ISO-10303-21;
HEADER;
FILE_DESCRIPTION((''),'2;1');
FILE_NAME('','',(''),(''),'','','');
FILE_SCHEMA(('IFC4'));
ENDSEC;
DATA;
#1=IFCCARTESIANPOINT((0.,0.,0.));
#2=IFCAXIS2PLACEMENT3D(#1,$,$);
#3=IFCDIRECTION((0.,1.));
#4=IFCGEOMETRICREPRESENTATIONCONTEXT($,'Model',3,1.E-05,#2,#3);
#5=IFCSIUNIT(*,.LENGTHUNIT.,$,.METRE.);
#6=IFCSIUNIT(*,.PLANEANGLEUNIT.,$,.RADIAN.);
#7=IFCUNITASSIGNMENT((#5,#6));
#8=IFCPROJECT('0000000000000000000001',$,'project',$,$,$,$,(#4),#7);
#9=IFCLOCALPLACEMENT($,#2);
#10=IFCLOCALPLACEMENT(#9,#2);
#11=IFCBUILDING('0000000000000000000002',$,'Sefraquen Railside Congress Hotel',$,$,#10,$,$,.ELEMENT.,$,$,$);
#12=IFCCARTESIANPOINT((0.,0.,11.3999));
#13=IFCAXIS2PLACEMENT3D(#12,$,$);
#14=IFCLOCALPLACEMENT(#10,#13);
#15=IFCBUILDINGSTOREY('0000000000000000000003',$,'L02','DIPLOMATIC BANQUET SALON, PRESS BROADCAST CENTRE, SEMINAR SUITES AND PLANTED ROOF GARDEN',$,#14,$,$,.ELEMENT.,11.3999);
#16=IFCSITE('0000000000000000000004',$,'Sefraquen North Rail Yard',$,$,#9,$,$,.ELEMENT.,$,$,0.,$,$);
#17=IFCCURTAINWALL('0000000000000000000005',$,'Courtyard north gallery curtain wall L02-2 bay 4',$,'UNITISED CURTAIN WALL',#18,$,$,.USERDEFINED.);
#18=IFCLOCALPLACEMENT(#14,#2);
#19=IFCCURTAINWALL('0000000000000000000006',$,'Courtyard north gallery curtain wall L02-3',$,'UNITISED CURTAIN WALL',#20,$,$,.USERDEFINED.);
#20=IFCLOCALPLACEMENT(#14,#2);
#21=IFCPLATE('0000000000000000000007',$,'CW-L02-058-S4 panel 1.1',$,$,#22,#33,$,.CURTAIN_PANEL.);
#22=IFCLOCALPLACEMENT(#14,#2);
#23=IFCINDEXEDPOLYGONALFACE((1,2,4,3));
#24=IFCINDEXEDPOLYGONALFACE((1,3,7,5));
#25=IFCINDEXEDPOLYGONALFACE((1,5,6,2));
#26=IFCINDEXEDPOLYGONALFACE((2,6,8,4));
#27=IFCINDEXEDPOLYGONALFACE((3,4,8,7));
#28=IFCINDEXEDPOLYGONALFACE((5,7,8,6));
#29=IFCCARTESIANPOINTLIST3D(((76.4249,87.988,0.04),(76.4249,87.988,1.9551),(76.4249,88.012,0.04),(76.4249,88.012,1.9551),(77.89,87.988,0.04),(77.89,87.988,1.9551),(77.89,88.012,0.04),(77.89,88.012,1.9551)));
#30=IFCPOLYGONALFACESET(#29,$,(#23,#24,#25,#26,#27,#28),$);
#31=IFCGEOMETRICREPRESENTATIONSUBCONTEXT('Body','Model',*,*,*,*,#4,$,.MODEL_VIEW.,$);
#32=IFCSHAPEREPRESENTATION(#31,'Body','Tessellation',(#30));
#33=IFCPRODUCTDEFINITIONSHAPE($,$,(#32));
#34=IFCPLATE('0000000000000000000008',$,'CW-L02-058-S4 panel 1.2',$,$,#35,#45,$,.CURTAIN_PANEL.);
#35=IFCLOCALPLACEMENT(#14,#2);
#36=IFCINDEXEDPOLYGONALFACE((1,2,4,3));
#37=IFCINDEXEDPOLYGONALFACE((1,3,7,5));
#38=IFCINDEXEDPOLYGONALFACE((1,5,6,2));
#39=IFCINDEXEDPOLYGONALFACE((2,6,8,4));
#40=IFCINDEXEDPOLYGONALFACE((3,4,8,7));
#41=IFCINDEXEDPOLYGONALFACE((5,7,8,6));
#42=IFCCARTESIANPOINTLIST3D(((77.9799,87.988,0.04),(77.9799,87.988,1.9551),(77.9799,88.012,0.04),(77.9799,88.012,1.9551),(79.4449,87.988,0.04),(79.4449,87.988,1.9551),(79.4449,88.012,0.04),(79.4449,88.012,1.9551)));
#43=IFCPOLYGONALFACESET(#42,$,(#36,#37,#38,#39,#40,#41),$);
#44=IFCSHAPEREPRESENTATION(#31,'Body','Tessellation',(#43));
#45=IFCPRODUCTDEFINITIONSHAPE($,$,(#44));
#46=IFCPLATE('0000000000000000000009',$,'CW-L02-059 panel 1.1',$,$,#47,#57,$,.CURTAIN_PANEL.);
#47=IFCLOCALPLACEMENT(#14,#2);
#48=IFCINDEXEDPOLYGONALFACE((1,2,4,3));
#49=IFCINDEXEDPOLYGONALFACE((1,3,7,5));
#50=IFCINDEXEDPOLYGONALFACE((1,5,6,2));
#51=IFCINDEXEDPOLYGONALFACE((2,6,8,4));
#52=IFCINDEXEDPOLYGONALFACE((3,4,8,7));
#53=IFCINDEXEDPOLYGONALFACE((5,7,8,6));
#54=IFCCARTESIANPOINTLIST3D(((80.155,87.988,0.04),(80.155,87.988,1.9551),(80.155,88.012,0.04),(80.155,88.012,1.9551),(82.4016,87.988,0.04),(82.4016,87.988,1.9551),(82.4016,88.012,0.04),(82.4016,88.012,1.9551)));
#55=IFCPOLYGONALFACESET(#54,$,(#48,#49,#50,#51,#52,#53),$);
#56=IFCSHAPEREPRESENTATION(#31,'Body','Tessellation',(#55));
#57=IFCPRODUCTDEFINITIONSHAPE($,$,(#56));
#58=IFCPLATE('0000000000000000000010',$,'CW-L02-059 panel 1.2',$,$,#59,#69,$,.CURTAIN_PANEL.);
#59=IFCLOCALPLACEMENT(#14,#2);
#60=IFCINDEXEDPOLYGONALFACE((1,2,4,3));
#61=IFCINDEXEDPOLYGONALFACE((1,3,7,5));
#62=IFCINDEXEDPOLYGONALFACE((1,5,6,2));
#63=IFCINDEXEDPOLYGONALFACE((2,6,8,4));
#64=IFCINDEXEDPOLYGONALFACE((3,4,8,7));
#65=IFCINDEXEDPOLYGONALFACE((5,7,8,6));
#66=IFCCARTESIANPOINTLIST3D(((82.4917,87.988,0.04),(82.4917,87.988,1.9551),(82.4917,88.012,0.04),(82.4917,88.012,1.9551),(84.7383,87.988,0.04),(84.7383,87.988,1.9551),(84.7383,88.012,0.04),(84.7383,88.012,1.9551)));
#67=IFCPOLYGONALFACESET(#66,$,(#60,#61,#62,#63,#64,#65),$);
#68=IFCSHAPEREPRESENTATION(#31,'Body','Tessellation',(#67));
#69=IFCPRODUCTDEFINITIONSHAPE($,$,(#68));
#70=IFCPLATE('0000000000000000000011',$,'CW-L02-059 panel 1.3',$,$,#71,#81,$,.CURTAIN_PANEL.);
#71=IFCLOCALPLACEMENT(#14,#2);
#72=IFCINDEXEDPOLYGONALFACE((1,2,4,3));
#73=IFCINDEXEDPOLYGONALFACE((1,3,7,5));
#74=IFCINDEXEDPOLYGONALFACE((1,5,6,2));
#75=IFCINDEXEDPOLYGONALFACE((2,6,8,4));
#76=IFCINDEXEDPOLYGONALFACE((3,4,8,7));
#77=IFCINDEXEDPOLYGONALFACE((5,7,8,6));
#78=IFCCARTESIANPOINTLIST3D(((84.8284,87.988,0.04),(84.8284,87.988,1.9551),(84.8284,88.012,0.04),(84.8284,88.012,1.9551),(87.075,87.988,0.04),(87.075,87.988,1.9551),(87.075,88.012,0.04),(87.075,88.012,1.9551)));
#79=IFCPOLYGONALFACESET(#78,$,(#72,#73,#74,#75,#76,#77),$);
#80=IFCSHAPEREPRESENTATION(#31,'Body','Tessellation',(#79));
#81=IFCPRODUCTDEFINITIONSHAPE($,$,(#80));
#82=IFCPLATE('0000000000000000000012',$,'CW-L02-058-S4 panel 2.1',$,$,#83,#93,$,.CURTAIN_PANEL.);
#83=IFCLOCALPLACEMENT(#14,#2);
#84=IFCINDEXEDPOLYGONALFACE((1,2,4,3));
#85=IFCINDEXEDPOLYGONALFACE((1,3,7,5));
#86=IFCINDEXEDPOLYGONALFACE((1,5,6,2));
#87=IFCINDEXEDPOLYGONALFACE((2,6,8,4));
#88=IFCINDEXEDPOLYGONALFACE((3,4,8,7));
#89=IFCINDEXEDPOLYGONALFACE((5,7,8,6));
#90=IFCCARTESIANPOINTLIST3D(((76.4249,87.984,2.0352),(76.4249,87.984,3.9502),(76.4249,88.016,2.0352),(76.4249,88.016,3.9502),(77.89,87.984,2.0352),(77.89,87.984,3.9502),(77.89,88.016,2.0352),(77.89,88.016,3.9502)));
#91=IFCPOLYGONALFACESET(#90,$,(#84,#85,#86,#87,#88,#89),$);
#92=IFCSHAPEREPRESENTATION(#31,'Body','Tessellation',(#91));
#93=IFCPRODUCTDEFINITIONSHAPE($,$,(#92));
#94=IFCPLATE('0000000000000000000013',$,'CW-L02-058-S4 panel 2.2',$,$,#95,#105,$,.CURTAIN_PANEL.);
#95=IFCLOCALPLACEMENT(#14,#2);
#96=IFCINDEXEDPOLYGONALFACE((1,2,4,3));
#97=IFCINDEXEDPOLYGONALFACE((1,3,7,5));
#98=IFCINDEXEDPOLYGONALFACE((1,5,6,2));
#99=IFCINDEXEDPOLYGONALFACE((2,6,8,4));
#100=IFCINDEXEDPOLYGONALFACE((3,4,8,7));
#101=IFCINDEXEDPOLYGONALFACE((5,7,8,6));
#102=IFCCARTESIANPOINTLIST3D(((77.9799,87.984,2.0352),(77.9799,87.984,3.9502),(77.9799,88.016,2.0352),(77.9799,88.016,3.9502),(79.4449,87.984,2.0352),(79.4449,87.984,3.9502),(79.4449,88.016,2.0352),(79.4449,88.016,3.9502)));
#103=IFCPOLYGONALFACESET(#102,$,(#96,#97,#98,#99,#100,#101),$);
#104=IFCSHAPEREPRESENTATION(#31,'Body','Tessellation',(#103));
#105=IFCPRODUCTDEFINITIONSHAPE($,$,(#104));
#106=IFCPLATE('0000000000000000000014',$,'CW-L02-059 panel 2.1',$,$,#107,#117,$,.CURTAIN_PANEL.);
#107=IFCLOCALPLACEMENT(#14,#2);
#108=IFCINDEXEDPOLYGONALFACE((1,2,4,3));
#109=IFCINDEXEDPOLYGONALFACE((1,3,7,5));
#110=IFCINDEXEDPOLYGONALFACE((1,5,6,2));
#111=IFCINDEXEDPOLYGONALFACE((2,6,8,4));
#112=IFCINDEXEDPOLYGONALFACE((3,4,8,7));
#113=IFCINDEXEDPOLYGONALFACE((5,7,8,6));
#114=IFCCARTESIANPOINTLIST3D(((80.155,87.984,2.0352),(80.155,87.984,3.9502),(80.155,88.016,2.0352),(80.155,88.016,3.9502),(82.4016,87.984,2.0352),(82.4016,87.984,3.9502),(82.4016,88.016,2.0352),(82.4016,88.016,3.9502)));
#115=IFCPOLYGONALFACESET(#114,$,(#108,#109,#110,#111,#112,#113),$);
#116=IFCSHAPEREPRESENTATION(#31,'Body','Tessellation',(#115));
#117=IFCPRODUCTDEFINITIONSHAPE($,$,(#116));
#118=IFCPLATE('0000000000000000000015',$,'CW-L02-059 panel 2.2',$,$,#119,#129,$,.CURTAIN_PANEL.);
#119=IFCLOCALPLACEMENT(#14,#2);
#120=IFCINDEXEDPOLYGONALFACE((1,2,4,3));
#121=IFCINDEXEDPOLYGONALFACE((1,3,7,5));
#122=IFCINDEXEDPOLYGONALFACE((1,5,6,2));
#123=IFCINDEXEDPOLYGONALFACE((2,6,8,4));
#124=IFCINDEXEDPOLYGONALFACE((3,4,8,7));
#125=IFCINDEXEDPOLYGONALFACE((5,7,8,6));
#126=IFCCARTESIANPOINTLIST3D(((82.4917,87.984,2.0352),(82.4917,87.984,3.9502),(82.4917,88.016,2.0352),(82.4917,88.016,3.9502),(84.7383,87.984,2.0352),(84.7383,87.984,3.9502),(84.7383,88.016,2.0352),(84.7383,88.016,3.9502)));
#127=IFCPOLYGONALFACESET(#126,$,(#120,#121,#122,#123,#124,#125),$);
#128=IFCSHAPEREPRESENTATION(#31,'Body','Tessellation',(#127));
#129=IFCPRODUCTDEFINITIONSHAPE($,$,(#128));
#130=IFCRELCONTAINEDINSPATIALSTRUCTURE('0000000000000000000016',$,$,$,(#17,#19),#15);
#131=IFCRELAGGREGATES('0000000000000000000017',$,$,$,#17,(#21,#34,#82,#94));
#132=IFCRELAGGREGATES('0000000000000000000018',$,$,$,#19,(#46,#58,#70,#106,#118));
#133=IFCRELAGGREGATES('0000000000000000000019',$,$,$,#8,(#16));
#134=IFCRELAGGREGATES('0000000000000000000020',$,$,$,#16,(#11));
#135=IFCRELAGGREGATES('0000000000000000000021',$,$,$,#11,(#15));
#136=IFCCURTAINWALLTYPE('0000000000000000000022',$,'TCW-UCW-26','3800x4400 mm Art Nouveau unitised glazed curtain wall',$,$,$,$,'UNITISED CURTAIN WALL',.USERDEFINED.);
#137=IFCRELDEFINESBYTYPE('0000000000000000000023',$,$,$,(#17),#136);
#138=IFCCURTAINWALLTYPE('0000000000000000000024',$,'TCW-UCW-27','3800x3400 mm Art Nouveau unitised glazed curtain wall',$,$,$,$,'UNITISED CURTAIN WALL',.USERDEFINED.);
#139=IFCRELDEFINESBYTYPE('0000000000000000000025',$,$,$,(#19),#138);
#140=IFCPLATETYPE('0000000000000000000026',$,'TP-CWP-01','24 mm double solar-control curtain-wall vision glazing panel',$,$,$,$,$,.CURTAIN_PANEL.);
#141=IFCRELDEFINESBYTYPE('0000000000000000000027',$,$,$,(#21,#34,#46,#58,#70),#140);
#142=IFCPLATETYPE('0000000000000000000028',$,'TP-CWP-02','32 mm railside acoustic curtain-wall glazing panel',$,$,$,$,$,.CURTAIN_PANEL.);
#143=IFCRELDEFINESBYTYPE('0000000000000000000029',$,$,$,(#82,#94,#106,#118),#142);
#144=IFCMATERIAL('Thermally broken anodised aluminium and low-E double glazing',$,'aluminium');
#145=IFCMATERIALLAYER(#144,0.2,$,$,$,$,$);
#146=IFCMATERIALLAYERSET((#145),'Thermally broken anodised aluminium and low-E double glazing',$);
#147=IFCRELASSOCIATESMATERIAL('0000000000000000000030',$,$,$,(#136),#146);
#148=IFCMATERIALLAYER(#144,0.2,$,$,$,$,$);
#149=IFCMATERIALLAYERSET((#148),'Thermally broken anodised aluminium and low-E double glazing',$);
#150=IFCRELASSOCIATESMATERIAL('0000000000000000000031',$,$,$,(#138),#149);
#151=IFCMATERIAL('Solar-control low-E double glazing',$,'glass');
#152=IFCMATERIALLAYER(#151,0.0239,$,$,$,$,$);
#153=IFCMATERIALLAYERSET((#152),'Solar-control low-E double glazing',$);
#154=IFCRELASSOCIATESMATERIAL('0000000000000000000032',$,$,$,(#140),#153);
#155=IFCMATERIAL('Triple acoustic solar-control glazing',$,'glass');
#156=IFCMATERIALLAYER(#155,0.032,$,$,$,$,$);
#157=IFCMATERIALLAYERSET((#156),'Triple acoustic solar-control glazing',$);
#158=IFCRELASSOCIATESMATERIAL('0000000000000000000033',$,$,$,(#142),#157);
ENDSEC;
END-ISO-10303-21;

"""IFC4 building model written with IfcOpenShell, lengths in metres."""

from ifc_helpers import new_model, si_unit, direction, frame, origin, origin_2d, place, context, subcontext, project, spatial, rectangle, extrude, material, layer, layer_set, type_object, element, aggregate, save


model = new_model("IFC4")

# Units and contexts
model_context = context("Model", 3, precision=1e-05, world=origin(), true_north=direction((0.0, 1.0)))
body_context = subcontext(model_context, "Body", "Model", "MODEL_VIEW")
ifc_project = project(units=[si_unit("LENGTHUNIT", "METRE"), si_unit("PLANEANGLEUNIT", "RADIAN")], contexts=[model_context])

# Site, building, storey
site_placement = place(None, origin())
site = spatial("IfcSite", under=ifc_project, at=site_placement, Name="Sefraquen North Rail Yard", CompositionType="ELEMENT", RefElevation=0.0)
building_placement = place(site_placement, origin())
building = spatial("IfcBuilding", under=site, at=building_placement, Name="Sefraquen Railside Congress Hotel", CompositionType="ELEMENT")
storey_placement = place(building_placement, frame((0.0, 0.0, 11.3999)))
storey = spatial("IfcBuildingStorey", under=building, at=storey_placement, Name="L02", Description="DIPLOMATIC BANQUET SALON, PRESS BROADCAST CENTRE, SEMINAR SUITES AND PLANTED ROOF GARDEN", CompositionType="ELEMENT", Elevation=11.3999)

# Curtain wall
ifc_material_1 = material(Name="Thermally broken anodised aluminium and low-E double glazing", Category="aluminium")
ifc_layer_1 = layer(ifc_material_1, 0.2)
ifc_layer_set_1 = layer_set([ifc_layer_1], Name="Thermally broken anodised aluminium and low-E double glazing")
curtain_wall_type_1 = type_object("IfcCurtainWallType", Name="TCW-UCW-26", Description="3800x4400 mm Art Nouveau unitised glazed curtain wall", ElementType="UNITISED CURTAIN WALL", PredefinedType="USERDEFINED", material=ifc_layer_set_1)
curtain_wall_1_placement = place(storey_placement, origin())
curtain_wall_1 = element("IfcCurtainWall", 1, at=curtain_wall_1_placement, inside=storey, type_object=curtain_wall_type_1, Name="Courtyard north gallery curtain wall L02-2 bay 4", ObjectType="UNITISED CURTAIN WALL", PredefinedType="USERDEFINED")

# Curtain wall
ifc_layer_2 = layer(ifc_material_1, 0.2)
ifc_layer_set_2 = layer_set([ifc_layer_2], Name="Thermally broken anodised aluminium and low-E double glazing")
curtain_wall_type_2 = type_object("IfcCurtainWallType", Name="TCW-UCW-27", Description="3800x3400 mm Art Nouveau unitised glazed curtain wall", ElementType="UNITISED CURTAIN WALL", PredefinedType="USERDEFINED", material=ifc_layer_set_2)
curtain_wall_2_placement = place(storey_placement, origin())
curtain_wall_2 = element("IfcCurtainWall", 2, at=curtain_wall_2_placement, inside=storey, type_object=curtain_wall_type_2, Name="Courtyard north gallery curtain wall L02-3", ObjectType="UNITISED CURTAIN WALL", PredefinedType="USERDEFINED")

# Plates
ifc_material_2 = material(Name="Solar-control low-E double glazing", Category="glass")
ifc_layer_3 = layer(ifc_material_2, 0.0239)
ifc_layer_set_3 = layer_set([ifc_layer_3], Name="Solar-control low-E double glazing")
plate_type_1 = type_object("IfcPlateType", Name="TP-CWP-01", Description="24 mm double solar-control curtain-wall vision glazing panel", PredefinedType="CURTAIN_PANEL", material=ifc_layer_set_3)
plate_1_placement = place(storey_placement, frame((77.1575, 88.0, 0.04), z_axis=(0.0, 0.0, 1.0), x_axis=(1.0, 0.0, 0.0)))
plate_1 = element("IfcPlate", 3, at=plate_1_placement, type_object=plate_type_1, Name="CW-L02-058-S4 panel 1.1", PredefinedType="CURTAIN_PANEL", context=body_context, shape_type="SweptSolid", body=[
    extrude(rectangle(XDim=1.4651, YDim=0.0239, at=origin_2d()), origin(), (0.0, 0.0, 1.0), 1.915),
])
plate_2_placement = place(storey_placement, frame((78.7124, 88.0, 0.04), z_axis=(0.0, 0.0, 1.0), x_axis=(1.0, 0.0, 0.0)))
plate_2 = element("IfcPlate", 4, at=plate_2_placement, type_object=plate_type_1, Name="CW-L02-058-S4 panel 1.2", PredefinedType="CURTAIN_PANEL", context=body_context, shape_type="SweptSolid", body=[
    extrude(rectangle(XDim=1.4651, YDim=0.0239, at=origin_2d()), origin(), (0.0, 0.0, 1.0), 1.915),
])
plate_3_placement = place(storey_placement, frame((81.2783, 88.0, 0.04), z_axis=(0.0, 0.0, 1.0), x_axis=(1.0, 0.0, 0.0)))
plate_3 = element("IfcPlate", 5, at=plate_3_placement, type_object=plate_type_1, Name="CW-L02-059 panel 1.1", PredefinedType="CURTAIN_PANEL", context=body_context, shape_type="SweptSolid", body=[
    extrude(rectangle(XDim=2.2466, YDim=0.0239, at=origin_2d()), origin(), (0.0, 0.0, 1.0), 1.915),
])
plate_4_placement = place(storey_placement, frame((83.615, 88.0, 0.04), z_axis=(0.0, 0.0, 1.0), x_axis=(1.0, 0.0, 0.0)))
plate_4 = element("IfcPlate", 6, at=plate_4_placement, type_object=plate_type_1, Name="CW-L02-059 panel 1.2", PredefinedType="CURTAIN_PANEL", context=body_context, shape_type="SweptSolid", body=[
    extrude(rectangle(XDim=2.2466, YDim=0.0239, at=origin_2d()), origin(), (0.0, 0.0, 1.0), 1.915),
])
plate_5_placement = place(storey_placement, frame((85.9517, 88.0, 0.04), z_axis=(0.0, 0.0, 1.0), x_axis=(1.0, 0.0, 0.0)))
plate_5 = element("IfcPlate", 7, at=plate_5_placement, type_object=plate_type_1, Name="CW-L02-059 panel 1.3", PredefinedType="CURTAIN_PANEL", context=body_context, shape_type="SweptSolid", body=[
    extrude(rectangle(XDim=2.2466, YDim=0.0239, at=origin_2d()), origin(), (0.0, 0.0, 1.0), 1.915),
])
ifc_material_3 = material(Name="Triple acoustic solar-control glazing", Category="glass")
ifc_layer_4 = layer(ifc_material_3, 0.032)
ifc_layer_set_4 = layer_set([ifc_layer_4], Name="Triple acoustic solar-control glazing")
plate_type_2 = type_object("IfcPlateType", Name="TP-CWP-02", Description="32 mm railside acoustic curtain-wall glazing panel", PredefinedType="CURTAIN_PANEL", material=ifc_layer_set_4)
plate_6_placement = place(storey_placement, frame((77.1575, 88.0, 2.0352), z_axis=(0.0, 0.0, 1.0), x_axis=(1.0, 0.0, 0.0)))
plate_6 = element("IfcPlate", 8, at=plate_6_placement, type_object=plate_type_2, Name="CW-L02-058-S4 panel 2.1", PredefinedType="CURTAIN_PANEL", context=body_context, shape_type="SweptSolid", body=[
    extrude(rectangle(XDim=1.4651, YDim=0.032, at=origin_2d()), origin(), (0.0, 0.0, 1.0), 1.915),
])
plate_7_placement = place(storey_placement, frame((78.7124, 88.0, 2.0352), z_axis=(0.0, 0.0, 1.0), x_axis=(1.0, 0.0, 0.0)))
plate_7 = element("IfcPlate", 9, at=plate_7_placement, type_object=plate_type_2, Name="CW-L02-058-S4 panel 2.2", PredefinedType="CURTAIN_PANEL", context=body_context, shape_type="SweptSolid", body=[
    extrude(rectangle(XDim=1.4651, YDim=0.032, at=origin_2d()), origin(), (0.0, 0.0, 1.0), 1.915),
])
aggregate(curtain_wall_1, [plate_1, plate_2, plate_6, plate_7])
plate_8_placement = place(storey_placement, frame((81.2783, 88.0, 2.0352), z_axis=(0.0, 0.0, 1.0), x_axis=(1.0, 0.0, 0.0)))
plate_8 = element("IfcPlate", 10, at=plate_8_placement, type_object=plate_type_2, Name="CW-L02-059 panel 2.1", PredefinedType="CURTAIN_PANEL", context=body_context, shape_type="SweptSolid", body=[
    extrude(rectangle(XDim=2.2466, YDim=0.032, at=origin_2d()), origin(), (0.0, 0.0, 1.0), 1.915),
])
plate_9_placement = place(storey_placement, frame((83.615, 88.0, 2.0352), z_axis=(0.0, 0.0, 1.0), x_axis=(1.0, 0.0, 0.0)))
plate_9 = element("IfcPlate", 11, at=plate_9_placement, type_object=plate_type_2, Name="CW-L02-059 panel 2.2", PredefinedType="CURTAIN_PANEL", context=body_context, shape_type="SweptSolid", body=[
    extrude(rectangle(XDim=2.2466, YDim=0.032, at=origin_2d()), origin(), (0.0, 0.0, 1.0), 1.915),
])
aggregate(curtain_wall_2, [plate_3, plate_4, plate_5, plate_8, plate_9])

save(model, "model.ifc")
